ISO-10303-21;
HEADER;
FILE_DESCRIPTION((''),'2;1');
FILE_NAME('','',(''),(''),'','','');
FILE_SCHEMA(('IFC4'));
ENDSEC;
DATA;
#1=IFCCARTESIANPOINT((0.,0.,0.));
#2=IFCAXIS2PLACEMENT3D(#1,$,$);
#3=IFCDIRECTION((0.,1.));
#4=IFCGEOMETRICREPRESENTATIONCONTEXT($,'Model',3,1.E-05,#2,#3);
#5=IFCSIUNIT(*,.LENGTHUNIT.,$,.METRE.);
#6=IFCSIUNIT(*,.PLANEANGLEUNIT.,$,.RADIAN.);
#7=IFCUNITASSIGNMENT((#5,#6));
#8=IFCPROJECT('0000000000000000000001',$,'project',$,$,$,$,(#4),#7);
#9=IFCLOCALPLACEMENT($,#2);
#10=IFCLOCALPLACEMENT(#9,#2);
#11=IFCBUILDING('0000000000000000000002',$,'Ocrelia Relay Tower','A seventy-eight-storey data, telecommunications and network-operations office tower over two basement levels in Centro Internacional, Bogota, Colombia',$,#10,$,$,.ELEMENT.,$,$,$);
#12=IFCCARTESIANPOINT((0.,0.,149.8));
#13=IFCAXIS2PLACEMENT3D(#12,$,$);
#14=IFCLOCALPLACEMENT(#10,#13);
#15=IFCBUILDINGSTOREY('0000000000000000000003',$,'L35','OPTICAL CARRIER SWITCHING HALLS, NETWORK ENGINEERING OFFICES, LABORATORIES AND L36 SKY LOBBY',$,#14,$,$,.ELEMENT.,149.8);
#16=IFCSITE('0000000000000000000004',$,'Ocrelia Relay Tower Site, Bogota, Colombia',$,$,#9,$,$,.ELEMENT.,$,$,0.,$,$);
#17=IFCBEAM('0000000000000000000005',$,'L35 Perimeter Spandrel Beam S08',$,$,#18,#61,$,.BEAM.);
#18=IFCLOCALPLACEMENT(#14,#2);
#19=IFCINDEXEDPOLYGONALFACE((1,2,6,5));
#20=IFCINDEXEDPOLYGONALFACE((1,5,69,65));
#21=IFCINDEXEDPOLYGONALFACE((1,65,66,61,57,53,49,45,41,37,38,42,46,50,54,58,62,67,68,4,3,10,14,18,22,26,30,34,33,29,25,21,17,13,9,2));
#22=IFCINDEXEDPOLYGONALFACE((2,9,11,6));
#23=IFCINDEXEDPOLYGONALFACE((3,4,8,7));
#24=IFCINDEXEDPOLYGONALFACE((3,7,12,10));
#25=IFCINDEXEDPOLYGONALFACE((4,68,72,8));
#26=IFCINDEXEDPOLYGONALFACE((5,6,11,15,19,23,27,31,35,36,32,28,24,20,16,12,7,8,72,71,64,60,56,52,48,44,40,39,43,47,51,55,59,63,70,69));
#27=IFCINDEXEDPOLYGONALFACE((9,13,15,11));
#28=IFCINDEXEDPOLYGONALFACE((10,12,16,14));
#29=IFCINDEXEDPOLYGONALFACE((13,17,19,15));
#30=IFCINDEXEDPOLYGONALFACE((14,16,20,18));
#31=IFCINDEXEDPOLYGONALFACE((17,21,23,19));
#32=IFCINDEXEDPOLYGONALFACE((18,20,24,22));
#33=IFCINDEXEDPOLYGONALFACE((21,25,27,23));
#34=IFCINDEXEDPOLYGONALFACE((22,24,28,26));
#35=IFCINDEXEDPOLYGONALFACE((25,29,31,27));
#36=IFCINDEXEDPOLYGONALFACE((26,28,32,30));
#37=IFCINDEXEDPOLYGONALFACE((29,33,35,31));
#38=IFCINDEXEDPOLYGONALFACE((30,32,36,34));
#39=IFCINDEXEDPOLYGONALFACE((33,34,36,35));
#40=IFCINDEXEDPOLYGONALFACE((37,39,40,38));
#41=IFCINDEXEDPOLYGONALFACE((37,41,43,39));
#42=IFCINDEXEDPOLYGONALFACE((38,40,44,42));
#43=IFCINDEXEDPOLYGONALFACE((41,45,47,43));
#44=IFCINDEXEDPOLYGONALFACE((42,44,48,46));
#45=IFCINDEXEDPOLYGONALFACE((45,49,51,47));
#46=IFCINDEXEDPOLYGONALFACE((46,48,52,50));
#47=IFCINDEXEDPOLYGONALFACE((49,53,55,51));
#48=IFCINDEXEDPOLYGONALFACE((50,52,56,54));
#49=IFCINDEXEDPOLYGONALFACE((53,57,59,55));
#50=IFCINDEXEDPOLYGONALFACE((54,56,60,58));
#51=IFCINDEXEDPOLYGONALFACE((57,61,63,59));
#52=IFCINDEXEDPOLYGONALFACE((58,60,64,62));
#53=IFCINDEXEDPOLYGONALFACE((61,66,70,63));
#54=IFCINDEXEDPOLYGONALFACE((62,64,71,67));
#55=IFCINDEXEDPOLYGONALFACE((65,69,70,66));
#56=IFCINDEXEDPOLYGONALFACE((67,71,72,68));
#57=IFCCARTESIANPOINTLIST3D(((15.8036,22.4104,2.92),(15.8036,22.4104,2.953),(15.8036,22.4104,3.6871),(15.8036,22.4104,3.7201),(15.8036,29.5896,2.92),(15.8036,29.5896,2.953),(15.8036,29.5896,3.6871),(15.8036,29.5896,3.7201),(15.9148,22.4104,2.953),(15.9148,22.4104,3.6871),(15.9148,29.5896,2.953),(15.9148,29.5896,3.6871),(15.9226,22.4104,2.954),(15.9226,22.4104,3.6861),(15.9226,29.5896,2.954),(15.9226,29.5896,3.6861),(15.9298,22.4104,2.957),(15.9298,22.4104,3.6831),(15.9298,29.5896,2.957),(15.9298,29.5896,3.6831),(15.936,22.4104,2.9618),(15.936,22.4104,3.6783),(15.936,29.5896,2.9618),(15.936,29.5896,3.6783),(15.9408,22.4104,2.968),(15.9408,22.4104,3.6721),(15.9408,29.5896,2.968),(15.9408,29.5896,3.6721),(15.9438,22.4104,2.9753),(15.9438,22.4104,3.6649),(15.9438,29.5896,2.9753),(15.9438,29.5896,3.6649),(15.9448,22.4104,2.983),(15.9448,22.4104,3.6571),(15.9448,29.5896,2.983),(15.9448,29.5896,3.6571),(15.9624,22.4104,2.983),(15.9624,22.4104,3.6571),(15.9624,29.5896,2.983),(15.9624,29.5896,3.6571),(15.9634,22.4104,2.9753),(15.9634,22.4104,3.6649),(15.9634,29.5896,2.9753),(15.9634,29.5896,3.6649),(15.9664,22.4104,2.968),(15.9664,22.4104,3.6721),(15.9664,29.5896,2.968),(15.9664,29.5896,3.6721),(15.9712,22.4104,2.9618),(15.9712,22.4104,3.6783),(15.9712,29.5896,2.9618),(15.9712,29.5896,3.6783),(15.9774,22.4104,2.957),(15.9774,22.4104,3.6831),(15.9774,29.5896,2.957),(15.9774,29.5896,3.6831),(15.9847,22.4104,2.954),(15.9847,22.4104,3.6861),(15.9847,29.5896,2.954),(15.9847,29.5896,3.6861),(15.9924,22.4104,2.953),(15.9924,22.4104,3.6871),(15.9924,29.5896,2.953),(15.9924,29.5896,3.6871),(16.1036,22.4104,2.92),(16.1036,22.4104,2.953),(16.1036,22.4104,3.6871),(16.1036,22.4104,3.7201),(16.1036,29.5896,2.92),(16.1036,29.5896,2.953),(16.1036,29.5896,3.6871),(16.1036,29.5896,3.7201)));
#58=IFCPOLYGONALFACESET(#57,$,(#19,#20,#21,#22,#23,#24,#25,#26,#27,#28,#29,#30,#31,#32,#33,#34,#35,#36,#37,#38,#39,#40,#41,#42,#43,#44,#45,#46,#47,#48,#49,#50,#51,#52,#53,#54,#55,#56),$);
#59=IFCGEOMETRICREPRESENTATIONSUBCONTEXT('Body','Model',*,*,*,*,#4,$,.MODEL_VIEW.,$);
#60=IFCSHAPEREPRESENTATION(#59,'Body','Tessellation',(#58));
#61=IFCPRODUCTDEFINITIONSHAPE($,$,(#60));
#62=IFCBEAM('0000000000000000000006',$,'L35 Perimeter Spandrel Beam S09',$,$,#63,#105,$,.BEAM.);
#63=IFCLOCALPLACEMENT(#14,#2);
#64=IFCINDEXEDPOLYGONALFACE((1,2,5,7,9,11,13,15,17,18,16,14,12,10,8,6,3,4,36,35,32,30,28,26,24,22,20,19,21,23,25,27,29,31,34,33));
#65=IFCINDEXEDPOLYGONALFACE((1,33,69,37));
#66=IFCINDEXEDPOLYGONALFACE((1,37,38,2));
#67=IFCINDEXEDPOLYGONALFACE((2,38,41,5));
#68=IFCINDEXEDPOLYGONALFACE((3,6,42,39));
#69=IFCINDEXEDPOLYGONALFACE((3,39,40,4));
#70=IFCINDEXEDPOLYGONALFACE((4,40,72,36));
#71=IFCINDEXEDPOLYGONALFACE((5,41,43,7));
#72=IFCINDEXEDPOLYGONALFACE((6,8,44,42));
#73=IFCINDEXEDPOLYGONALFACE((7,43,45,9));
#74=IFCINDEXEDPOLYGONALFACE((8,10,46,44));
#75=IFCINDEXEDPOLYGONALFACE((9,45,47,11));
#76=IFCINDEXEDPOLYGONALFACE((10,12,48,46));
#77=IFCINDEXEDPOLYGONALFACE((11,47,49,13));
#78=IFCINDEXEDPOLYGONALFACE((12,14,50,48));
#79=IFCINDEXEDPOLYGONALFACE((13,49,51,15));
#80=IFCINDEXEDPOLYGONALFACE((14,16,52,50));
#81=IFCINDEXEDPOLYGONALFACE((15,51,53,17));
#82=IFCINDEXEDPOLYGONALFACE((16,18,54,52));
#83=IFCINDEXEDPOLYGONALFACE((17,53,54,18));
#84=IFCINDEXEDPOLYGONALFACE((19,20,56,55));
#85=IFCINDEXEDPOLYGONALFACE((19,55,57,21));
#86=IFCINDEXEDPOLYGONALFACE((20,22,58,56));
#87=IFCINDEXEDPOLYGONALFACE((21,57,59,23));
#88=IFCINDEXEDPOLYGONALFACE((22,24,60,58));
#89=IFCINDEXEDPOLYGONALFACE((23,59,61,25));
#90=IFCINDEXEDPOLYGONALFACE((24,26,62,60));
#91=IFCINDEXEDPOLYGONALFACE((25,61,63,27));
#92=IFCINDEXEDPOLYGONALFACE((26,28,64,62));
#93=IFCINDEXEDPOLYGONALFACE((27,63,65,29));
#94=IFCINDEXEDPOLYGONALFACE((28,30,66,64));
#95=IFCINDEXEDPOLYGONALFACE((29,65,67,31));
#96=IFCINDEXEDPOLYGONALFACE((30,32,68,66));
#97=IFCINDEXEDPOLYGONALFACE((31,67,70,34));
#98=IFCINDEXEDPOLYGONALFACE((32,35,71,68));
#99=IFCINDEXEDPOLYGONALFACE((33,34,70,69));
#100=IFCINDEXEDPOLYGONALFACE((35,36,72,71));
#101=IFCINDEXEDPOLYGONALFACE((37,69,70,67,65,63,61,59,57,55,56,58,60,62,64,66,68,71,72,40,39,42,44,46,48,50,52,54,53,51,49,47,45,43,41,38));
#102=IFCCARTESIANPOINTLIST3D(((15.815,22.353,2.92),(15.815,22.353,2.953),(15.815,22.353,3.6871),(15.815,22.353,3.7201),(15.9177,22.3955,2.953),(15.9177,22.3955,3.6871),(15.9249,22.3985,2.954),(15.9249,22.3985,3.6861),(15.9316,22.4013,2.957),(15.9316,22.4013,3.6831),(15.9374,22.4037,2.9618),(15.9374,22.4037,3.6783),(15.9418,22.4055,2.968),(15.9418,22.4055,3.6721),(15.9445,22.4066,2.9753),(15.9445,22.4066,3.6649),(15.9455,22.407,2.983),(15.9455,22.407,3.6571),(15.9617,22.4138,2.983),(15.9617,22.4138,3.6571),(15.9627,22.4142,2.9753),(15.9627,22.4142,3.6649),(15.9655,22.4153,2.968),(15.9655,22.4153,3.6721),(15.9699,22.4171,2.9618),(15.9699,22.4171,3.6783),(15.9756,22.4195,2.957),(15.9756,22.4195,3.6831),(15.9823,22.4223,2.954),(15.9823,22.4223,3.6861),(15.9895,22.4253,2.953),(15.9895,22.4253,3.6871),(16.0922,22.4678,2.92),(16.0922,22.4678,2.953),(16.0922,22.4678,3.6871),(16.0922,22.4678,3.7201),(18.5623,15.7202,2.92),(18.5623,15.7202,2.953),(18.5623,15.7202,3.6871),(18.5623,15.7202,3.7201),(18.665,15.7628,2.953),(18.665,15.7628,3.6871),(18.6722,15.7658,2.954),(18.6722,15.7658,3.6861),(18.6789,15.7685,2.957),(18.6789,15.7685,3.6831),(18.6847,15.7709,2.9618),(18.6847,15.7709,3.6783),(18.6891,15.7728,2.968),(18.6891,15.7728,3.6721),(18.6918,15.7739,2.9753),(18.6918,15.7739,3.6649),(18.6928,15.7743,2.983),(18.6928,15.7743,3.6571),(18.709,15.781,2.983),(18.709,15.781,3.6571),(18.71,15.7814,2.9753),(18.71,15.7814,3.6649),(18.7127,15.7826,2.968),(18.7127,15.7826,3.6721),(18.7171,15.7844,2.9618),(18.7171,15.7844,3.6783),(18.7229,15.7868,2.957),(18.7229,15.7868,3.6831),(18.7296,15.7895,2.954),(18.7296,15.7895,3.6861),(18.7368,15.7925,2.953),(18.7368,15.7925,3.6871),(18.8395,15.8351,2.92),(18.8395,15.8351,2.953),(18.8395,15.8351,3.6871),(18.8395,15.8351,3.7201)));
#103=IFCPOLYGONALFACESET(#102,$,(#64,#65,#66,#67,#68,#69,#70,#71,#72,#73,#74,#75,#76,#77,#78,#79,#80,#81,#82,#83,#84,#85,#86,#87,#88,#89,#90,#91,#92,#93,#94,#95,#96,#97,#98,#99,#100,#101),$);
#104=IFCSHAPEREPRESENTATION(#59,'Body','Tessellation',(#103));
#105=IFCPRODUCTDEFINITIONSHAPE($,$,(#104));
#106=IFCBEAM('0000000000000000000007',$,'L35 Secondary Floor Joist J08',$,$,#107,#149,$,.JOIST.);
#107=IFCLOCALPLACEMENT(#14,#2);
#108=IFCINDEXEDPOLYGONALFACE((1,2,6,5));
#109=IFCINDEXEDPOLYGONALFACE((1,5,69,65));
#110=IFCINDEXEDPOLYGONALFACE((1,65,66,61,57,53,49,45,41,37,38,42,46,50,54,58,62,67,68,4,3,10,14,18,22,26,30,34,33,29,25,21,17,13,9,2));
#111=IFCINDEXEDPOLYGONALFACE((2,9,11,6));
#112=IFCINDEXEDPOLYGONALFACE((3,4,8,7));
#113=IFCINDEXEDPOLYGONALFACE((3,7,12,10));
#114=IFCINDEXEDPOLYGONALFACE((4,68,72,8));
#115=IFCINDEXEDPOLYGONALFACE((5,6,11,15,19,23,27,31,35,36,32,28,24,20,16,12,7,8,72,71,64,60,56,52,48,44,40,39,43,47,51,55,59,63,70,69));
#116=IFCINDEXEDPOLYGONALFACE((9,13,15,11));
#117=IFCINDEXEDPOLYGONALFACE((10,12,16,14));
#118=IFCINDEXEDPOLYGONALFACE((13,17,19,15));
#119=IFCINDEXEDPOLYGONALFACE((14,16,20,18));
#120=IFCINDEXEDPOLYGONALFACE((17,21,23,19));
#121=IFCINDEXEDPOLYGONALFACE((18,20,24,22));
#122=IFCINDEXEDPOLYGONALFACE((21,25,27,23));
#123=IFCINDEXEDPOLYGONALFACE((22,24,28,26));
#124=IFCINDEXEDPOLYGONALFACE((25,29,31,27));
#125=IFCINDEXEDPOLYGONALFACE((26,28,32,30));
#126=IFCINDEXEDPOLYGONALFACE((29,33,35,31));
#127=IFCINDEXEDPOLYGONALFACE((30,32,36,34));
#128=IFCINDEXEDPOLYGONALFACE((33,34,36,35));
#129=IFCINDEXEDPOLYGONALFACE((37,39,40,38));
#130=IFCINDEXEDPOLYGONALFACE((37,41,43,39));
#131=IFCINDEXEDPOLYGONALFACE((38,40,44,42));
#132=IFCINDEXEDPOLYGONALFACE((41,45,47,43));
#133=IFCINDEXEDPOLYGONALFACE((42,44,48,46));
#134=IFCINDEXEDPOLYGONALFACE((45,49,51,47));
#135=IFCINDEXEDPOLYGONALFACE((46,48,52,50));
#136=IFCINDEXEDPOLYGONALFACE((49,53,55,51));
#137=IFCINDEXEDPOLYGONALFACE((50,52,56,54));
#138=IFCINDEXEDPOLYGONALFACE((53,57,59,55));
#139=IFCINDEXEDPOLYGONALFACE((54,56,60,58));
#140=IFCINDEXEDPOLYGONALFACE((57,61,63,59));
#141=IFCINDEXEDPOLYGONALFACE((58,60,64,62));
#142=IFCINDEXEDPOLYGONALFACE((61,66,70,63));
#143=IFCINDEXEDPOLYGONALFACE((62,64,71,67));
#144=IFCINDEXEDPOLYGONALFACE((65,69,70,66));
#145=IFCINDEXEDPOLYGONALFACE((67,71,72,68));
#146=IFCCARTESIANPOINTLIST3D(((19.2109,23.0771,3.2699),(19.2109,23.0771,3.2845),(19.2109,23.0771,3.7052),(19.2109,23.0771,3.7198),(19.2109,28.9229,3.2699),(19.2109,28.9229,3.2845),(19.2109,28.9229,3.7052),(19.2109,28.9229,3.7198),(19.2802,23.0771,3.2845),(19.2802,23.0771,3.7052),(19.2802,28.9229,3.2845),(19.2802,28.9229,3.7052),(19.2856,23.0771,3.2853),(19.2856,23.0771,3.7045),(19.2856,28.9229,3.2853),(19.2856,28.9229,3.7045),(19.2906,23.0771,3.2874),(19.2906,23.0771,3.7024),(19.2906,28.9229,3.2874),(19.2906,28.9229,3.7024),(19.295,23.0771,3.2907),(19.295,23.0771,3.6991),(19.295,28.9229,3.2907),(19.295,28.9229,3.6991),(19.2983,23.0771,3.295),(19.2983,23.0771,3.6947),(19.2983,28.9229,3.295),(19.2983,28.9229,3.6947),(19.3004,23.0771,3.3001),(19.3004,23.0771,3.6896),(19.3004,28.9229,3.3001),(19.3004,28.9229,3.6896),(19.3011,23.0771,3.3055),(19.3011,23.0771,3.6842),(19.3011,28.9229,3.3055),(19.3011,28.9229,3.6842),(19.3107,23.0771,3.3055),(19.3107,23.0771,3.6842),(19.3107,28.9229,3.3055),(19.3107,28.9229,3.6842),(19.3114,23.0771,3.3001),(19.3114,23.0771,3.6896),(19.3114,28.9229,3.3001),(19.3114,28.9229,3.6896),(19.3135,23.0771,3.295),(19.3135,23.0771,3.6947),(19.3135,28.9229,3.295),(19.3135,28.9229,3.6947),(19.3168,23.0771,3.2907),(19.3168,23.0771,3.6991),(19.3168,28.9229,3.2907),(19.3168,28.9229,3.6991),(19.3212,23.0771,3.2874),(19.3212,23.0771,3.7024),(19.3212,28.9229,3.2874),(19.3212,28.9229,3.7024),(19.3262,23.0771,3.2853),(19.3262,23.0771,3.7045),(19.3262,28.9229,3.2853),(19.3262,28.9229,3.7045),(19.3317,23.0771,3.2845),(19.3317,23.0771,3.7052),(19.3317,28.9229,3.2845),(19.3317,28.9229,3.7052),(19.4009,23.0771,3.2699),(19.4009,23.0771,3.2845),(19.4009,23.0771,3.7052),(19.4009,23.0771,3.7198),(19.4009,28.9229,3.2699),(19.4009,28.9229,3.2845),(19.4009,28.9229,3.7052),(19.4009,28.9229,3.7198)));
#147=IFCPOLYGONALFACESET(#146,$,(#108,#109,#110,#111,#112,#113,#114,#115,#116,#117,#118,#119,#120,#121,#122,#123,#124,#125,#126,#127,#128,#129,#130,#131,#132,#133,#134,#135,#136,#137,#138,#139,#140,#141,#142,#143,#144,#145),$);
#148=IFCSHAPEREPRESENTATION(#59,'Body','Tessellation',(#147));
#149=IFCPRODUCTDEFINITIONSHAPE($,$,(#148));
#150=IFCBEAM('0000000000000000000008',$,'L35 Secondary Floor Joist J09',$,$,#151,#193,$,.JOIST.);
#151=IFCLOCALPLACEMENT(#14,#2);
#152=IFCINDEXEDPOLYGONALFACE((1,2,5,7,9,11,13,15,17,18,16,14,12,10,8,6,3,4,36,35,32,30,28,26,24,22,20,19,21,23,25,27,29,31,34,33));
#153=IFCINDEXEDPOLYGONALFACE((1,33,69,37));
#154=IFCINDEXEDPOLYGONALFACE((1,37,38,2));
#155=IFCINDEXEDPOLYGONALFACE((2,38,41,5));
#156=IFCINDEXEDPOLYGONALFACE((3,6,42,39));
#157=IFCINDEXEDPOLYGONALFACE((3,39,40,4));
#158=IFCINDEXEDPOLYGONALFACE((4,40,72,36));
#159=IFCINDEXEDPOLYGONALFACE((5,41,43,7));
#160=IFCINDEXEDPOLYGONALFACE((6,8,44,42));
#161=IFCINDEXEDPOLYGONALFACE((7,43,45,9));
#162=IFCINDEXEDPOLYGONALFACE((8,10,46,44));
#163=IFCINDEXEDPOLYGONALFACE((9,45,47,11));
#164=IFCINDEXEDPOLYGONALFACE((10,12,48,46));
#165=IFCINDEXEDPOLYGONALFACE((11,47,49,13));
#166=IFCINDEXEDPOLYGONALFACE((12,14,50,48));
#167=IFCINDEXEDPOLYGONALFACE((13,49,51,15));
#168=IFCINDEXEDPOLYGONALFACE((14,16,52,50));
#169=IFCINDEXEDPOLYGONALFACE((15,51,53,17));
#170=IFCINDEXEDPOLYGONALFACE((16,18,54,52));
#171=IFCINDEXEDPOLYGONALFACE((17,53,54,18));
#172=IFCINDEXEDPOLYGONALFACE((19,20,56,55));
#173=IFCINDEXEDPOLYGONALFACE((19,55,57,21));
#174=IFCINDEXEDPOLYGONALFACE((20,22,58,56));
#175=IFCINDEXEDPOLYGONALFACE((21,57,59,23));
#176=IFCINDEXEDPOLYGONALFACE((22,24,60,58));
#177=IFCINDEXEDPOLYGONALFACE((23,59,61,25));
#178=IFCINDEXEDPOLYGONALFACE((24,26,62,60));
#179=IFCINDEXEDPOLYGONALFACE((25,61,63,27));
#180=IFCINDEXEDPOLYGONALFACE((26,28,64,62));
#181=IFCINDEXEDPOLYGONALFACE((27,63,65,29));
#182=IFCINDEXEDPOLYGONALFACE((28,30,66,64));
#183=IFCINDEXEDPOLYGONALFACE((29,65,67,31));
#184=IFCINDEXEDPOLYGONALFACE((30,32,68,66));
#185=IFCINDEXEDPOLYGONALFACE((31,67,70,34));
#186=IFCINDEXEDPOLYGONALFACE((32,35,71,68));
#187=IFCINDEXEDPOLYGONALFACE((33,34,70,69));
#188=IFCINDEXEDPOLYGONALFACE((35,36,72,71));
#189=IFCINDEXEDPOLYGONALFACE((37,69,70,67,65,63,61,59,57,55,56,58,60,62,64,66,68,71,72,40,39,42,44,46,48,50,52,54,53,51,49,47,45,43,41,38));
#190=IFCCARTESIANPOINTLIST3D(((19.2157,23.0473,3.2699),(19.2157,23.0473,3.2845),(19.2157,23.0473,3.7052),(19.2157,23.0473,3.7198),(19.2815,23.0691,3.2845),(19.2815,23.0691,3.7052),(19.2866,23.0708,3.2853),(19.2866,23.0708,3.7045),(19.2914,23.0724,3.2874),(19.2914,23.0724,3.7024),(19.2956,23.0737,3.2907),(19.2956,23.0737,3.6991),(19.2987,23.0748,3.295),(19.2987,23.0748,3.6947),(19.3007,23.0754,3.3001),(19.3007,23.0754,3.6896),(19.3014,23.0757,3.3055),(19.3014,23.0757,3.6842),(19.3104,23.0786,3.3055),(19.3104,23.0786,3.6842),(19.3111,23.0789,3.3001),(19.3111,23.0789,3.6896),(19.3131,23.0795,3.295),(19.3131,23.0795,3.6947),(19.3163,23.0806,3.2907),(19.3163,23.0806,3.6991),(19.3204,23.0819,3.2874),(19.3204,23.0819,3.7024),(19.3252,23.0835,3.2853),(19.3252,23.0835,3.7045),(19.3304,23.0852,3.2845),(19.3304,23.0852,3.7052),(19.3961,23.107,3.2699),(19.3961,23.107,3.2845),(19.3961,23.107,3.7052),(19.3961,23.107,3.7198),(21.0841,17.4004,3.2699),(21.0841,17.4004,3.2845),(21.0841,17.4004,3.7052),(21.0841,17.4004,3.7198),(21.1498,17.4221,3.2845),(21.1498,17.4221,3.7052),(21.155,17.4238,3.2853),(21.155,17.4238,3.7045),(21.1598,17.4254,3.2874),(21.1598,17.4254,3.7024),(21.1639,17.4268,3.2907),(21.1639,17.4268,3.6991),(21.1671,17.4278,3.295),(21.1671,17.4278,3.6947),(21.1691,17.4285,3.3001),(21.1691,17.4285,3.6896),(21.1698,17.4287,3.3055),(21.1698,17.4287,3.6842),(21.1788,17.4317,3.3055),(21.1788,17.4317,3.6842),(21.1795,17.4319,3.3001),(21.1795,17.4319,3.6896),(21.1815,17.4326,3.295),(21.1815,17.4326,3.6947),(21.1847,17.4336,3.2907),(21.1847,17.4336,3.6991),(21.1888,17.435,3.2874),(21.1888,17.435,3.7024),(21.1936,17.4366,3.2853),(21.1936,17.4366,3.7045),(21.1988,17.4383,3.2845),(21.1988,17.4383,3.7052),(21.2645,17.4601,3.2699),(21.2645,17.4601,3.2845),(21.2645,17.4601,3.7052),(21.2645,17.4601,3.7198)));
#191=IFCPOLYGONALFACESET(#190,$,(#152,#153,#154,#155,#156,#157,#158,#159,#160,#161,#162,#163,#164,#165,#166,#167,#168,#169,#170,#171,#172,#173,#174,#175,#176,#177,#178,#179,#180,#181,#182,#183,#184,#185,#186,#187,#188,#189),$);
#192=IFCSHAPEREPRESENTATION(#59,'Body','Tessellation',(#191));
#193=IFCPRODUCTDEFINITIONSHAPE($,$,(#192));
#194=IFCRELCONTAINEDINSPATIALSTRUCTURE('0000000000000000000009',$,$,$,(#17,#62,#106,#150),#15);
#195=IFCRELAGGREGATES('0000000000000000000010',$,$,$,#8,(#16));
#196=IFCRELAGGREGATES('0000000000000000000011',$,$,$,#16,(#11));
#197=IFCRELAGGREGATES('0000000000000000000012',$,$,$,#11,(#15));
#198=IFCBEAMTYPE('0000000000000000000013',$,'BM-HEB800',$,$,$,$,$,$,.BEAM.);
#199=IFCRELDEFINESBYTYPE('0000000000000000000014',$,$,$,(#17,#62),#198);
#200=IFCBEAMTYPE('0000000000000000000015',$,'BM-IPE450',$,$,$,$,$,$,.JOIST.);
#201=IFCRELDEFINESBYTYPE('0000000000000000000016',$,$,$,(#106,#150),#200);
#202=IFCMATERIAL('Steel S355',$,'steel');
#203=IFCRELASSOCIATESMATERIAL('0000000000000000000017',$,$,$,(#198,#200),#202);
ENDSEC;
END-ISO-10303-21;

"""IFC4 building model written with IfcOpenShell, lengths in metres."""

from ifc_helpers import new_model, si_unit, direction, frame, origin, origin_2d, place, context, subcontext, project, spatial, i_section, extrude, material, material_profile, profile_set, type_object, element, save


model = new_model("IFC4")

# Units and contexts
model_context = context("Model", 3, precision=1e-05, world=origin(), true_north=direction((0.0, 1.0)))
body_context = subcontext(model_context, "Body", "Model", "MODEL_VIEW")
ifc_project = project(units=[si_unit("LENGTHUNIT", "METRE"), si_unit("PLANEANGLEUNIT", "RADIAN")], contexts=[model_context])

# Site, building, storey
site_placement = place(None, origin())
site = spatial("IfcSite", under=ifc_project, at=site_placement, Name="Ocrelia Relay Tower Site, Bogota, Colombia", CompositionType="ELEMENT", RefElevation=0.0)
building_placement = place(site_placement, origin())
building = spatial("IfcBuilding", under=site, at=building_placement, Name="Ocrelia Relay Tower", Description="A seventy-eight-storey data, telecommunications and network-operations office tower over two basement levels in Centro Internacional, Bogota, Colombia", CompositionType="ELEMENT")
storey_placement = place(building_placement, frame((0.0, 0.0, 149.8)))
storey = spatial("IfcBuildingStorey", under=building, at=storey_placement, Name="L35", Description="OPTICAL CARRIER SWITCHING HALLS, NETWORK ENGINEERING OFFICES, LABORATORIES AND L36 SKY LOBBY", CompositionType="ELEMENT", Elevation=149.8)

# Beams
ifc_material_1 = material(Name="Steel S355", Category="steel")
ifc_material_profile_1 = material_profile(ifc_material_1, i_section(OverallWidth=0.3, OverallDepth=0.8, WebThickness=0.0176, FlangeThickness=0.033, FilletRadius=0.03, at=origin_2d()), Name="HEB 800")
ifc_profile_set_1 = profile_set([ifc_material_profile_1], Name="Steel S355")
beam_type_1 = type_object("IfcBeamType", Name="BM-HEB800", PredefinedType="BEAM", material=ifc_profile_set_1)
for number, where, z_axis, x_axis, name in (
    (1, (15.9536, 29.5896, 3.3201), (0.0, -1.0, 0.0), (1.0, 0.0, 0.0), "L35 Perimeter Spandrel Beam S08"),
    (2, (15.9536, 22.4104, 3.3201), (0.382673, -0.923884, 0.0), (0.923884, 0.382673, 0.0), "L35 Perimeter Spandrel Beam S09"),
):
    element("IfcBeam", number, at=place(storey_placement, frame(where, z_axis=z_axis, x_axis=x_axis)), inside=storey, type_object=beam_type_1, Name=name, PredefinedType="BEAM", context=body_context, shape_type="SweptSolid", body=[
        extrude(i_section(OverallWidth=0.3, OverallDepth=0.8, WebThickness=0.0176, FlangeThickness=0.033, FilletRadius=0.03, at=origin_2d()), origin(), (0.0, 0.0, 1.0), 7.1792),
    ])
ifc_material_profile_2 = material_profile(ifc_material_1, i_section(OverallWidth=0.1899, OverallDepth=0.45, WebThickness=0.0095, FlangeThickness=0.0146, FilletRadius=0.021, at=origin_2d()), Name="IPE 450")
ifc_profile_set_2 = profile_set([ifc_material_profile_2], Name="Steel S355")
beam_type_2 = type_object("IfcBeamType", Name="BM-IPE450", PredefinedType="JOIST", material=ifc_profile_set_2)
beam_1_placement = place(storey_placement, frame((19.3059, 28.9229, 3.4949), z_axis=(0.0, -1.0, 0.0), x_axis=(1.0, 0.0, 0.0)))
element("IfcBeam", 3, at=beam_1_placement, inside=storey, type_object=beam_type_2, Name="L35 Secondary Floor Joist J08", PredefinedType="JOIST", context=body_context, shape_type="SweptSolid", body=[
    extrude(i_section(OverallWidth=0.1899, OverallDepth=0.45, WebThickness=0.0095, FlangeThickness=0.0146, FilletRadius=0.021, at=origin_2d()), origin(), (0.0, 0.0, 1.0), 5.8457),
])
beam_2_placement = place(storey_placement, frame((19.3059, 23.0771, 3.4949), z_axis=(0.314121, -0.949383, 0.0), x_axis=(0.949383, 0.314121, 0.0)))
element("IfcBeam", 4, at=beam_2_placement, inside=storey, type_object=beam_type_2, Name="L35 Secondary Floor Joist J09", PredefinedType="JOIST", context=body_context, shape_type="SweptSolid", body=[
    extrude(i_section(OverallWidth=0.1899, OverallDepth=0.45, WebThickness=0.0095, FlangeThickness=0.0146, FilletRadius=0.021, at=origin_2d()), origin(), (0.0, 0.0, 1.0), 5.948),
])

save(model, "model.ifc")
